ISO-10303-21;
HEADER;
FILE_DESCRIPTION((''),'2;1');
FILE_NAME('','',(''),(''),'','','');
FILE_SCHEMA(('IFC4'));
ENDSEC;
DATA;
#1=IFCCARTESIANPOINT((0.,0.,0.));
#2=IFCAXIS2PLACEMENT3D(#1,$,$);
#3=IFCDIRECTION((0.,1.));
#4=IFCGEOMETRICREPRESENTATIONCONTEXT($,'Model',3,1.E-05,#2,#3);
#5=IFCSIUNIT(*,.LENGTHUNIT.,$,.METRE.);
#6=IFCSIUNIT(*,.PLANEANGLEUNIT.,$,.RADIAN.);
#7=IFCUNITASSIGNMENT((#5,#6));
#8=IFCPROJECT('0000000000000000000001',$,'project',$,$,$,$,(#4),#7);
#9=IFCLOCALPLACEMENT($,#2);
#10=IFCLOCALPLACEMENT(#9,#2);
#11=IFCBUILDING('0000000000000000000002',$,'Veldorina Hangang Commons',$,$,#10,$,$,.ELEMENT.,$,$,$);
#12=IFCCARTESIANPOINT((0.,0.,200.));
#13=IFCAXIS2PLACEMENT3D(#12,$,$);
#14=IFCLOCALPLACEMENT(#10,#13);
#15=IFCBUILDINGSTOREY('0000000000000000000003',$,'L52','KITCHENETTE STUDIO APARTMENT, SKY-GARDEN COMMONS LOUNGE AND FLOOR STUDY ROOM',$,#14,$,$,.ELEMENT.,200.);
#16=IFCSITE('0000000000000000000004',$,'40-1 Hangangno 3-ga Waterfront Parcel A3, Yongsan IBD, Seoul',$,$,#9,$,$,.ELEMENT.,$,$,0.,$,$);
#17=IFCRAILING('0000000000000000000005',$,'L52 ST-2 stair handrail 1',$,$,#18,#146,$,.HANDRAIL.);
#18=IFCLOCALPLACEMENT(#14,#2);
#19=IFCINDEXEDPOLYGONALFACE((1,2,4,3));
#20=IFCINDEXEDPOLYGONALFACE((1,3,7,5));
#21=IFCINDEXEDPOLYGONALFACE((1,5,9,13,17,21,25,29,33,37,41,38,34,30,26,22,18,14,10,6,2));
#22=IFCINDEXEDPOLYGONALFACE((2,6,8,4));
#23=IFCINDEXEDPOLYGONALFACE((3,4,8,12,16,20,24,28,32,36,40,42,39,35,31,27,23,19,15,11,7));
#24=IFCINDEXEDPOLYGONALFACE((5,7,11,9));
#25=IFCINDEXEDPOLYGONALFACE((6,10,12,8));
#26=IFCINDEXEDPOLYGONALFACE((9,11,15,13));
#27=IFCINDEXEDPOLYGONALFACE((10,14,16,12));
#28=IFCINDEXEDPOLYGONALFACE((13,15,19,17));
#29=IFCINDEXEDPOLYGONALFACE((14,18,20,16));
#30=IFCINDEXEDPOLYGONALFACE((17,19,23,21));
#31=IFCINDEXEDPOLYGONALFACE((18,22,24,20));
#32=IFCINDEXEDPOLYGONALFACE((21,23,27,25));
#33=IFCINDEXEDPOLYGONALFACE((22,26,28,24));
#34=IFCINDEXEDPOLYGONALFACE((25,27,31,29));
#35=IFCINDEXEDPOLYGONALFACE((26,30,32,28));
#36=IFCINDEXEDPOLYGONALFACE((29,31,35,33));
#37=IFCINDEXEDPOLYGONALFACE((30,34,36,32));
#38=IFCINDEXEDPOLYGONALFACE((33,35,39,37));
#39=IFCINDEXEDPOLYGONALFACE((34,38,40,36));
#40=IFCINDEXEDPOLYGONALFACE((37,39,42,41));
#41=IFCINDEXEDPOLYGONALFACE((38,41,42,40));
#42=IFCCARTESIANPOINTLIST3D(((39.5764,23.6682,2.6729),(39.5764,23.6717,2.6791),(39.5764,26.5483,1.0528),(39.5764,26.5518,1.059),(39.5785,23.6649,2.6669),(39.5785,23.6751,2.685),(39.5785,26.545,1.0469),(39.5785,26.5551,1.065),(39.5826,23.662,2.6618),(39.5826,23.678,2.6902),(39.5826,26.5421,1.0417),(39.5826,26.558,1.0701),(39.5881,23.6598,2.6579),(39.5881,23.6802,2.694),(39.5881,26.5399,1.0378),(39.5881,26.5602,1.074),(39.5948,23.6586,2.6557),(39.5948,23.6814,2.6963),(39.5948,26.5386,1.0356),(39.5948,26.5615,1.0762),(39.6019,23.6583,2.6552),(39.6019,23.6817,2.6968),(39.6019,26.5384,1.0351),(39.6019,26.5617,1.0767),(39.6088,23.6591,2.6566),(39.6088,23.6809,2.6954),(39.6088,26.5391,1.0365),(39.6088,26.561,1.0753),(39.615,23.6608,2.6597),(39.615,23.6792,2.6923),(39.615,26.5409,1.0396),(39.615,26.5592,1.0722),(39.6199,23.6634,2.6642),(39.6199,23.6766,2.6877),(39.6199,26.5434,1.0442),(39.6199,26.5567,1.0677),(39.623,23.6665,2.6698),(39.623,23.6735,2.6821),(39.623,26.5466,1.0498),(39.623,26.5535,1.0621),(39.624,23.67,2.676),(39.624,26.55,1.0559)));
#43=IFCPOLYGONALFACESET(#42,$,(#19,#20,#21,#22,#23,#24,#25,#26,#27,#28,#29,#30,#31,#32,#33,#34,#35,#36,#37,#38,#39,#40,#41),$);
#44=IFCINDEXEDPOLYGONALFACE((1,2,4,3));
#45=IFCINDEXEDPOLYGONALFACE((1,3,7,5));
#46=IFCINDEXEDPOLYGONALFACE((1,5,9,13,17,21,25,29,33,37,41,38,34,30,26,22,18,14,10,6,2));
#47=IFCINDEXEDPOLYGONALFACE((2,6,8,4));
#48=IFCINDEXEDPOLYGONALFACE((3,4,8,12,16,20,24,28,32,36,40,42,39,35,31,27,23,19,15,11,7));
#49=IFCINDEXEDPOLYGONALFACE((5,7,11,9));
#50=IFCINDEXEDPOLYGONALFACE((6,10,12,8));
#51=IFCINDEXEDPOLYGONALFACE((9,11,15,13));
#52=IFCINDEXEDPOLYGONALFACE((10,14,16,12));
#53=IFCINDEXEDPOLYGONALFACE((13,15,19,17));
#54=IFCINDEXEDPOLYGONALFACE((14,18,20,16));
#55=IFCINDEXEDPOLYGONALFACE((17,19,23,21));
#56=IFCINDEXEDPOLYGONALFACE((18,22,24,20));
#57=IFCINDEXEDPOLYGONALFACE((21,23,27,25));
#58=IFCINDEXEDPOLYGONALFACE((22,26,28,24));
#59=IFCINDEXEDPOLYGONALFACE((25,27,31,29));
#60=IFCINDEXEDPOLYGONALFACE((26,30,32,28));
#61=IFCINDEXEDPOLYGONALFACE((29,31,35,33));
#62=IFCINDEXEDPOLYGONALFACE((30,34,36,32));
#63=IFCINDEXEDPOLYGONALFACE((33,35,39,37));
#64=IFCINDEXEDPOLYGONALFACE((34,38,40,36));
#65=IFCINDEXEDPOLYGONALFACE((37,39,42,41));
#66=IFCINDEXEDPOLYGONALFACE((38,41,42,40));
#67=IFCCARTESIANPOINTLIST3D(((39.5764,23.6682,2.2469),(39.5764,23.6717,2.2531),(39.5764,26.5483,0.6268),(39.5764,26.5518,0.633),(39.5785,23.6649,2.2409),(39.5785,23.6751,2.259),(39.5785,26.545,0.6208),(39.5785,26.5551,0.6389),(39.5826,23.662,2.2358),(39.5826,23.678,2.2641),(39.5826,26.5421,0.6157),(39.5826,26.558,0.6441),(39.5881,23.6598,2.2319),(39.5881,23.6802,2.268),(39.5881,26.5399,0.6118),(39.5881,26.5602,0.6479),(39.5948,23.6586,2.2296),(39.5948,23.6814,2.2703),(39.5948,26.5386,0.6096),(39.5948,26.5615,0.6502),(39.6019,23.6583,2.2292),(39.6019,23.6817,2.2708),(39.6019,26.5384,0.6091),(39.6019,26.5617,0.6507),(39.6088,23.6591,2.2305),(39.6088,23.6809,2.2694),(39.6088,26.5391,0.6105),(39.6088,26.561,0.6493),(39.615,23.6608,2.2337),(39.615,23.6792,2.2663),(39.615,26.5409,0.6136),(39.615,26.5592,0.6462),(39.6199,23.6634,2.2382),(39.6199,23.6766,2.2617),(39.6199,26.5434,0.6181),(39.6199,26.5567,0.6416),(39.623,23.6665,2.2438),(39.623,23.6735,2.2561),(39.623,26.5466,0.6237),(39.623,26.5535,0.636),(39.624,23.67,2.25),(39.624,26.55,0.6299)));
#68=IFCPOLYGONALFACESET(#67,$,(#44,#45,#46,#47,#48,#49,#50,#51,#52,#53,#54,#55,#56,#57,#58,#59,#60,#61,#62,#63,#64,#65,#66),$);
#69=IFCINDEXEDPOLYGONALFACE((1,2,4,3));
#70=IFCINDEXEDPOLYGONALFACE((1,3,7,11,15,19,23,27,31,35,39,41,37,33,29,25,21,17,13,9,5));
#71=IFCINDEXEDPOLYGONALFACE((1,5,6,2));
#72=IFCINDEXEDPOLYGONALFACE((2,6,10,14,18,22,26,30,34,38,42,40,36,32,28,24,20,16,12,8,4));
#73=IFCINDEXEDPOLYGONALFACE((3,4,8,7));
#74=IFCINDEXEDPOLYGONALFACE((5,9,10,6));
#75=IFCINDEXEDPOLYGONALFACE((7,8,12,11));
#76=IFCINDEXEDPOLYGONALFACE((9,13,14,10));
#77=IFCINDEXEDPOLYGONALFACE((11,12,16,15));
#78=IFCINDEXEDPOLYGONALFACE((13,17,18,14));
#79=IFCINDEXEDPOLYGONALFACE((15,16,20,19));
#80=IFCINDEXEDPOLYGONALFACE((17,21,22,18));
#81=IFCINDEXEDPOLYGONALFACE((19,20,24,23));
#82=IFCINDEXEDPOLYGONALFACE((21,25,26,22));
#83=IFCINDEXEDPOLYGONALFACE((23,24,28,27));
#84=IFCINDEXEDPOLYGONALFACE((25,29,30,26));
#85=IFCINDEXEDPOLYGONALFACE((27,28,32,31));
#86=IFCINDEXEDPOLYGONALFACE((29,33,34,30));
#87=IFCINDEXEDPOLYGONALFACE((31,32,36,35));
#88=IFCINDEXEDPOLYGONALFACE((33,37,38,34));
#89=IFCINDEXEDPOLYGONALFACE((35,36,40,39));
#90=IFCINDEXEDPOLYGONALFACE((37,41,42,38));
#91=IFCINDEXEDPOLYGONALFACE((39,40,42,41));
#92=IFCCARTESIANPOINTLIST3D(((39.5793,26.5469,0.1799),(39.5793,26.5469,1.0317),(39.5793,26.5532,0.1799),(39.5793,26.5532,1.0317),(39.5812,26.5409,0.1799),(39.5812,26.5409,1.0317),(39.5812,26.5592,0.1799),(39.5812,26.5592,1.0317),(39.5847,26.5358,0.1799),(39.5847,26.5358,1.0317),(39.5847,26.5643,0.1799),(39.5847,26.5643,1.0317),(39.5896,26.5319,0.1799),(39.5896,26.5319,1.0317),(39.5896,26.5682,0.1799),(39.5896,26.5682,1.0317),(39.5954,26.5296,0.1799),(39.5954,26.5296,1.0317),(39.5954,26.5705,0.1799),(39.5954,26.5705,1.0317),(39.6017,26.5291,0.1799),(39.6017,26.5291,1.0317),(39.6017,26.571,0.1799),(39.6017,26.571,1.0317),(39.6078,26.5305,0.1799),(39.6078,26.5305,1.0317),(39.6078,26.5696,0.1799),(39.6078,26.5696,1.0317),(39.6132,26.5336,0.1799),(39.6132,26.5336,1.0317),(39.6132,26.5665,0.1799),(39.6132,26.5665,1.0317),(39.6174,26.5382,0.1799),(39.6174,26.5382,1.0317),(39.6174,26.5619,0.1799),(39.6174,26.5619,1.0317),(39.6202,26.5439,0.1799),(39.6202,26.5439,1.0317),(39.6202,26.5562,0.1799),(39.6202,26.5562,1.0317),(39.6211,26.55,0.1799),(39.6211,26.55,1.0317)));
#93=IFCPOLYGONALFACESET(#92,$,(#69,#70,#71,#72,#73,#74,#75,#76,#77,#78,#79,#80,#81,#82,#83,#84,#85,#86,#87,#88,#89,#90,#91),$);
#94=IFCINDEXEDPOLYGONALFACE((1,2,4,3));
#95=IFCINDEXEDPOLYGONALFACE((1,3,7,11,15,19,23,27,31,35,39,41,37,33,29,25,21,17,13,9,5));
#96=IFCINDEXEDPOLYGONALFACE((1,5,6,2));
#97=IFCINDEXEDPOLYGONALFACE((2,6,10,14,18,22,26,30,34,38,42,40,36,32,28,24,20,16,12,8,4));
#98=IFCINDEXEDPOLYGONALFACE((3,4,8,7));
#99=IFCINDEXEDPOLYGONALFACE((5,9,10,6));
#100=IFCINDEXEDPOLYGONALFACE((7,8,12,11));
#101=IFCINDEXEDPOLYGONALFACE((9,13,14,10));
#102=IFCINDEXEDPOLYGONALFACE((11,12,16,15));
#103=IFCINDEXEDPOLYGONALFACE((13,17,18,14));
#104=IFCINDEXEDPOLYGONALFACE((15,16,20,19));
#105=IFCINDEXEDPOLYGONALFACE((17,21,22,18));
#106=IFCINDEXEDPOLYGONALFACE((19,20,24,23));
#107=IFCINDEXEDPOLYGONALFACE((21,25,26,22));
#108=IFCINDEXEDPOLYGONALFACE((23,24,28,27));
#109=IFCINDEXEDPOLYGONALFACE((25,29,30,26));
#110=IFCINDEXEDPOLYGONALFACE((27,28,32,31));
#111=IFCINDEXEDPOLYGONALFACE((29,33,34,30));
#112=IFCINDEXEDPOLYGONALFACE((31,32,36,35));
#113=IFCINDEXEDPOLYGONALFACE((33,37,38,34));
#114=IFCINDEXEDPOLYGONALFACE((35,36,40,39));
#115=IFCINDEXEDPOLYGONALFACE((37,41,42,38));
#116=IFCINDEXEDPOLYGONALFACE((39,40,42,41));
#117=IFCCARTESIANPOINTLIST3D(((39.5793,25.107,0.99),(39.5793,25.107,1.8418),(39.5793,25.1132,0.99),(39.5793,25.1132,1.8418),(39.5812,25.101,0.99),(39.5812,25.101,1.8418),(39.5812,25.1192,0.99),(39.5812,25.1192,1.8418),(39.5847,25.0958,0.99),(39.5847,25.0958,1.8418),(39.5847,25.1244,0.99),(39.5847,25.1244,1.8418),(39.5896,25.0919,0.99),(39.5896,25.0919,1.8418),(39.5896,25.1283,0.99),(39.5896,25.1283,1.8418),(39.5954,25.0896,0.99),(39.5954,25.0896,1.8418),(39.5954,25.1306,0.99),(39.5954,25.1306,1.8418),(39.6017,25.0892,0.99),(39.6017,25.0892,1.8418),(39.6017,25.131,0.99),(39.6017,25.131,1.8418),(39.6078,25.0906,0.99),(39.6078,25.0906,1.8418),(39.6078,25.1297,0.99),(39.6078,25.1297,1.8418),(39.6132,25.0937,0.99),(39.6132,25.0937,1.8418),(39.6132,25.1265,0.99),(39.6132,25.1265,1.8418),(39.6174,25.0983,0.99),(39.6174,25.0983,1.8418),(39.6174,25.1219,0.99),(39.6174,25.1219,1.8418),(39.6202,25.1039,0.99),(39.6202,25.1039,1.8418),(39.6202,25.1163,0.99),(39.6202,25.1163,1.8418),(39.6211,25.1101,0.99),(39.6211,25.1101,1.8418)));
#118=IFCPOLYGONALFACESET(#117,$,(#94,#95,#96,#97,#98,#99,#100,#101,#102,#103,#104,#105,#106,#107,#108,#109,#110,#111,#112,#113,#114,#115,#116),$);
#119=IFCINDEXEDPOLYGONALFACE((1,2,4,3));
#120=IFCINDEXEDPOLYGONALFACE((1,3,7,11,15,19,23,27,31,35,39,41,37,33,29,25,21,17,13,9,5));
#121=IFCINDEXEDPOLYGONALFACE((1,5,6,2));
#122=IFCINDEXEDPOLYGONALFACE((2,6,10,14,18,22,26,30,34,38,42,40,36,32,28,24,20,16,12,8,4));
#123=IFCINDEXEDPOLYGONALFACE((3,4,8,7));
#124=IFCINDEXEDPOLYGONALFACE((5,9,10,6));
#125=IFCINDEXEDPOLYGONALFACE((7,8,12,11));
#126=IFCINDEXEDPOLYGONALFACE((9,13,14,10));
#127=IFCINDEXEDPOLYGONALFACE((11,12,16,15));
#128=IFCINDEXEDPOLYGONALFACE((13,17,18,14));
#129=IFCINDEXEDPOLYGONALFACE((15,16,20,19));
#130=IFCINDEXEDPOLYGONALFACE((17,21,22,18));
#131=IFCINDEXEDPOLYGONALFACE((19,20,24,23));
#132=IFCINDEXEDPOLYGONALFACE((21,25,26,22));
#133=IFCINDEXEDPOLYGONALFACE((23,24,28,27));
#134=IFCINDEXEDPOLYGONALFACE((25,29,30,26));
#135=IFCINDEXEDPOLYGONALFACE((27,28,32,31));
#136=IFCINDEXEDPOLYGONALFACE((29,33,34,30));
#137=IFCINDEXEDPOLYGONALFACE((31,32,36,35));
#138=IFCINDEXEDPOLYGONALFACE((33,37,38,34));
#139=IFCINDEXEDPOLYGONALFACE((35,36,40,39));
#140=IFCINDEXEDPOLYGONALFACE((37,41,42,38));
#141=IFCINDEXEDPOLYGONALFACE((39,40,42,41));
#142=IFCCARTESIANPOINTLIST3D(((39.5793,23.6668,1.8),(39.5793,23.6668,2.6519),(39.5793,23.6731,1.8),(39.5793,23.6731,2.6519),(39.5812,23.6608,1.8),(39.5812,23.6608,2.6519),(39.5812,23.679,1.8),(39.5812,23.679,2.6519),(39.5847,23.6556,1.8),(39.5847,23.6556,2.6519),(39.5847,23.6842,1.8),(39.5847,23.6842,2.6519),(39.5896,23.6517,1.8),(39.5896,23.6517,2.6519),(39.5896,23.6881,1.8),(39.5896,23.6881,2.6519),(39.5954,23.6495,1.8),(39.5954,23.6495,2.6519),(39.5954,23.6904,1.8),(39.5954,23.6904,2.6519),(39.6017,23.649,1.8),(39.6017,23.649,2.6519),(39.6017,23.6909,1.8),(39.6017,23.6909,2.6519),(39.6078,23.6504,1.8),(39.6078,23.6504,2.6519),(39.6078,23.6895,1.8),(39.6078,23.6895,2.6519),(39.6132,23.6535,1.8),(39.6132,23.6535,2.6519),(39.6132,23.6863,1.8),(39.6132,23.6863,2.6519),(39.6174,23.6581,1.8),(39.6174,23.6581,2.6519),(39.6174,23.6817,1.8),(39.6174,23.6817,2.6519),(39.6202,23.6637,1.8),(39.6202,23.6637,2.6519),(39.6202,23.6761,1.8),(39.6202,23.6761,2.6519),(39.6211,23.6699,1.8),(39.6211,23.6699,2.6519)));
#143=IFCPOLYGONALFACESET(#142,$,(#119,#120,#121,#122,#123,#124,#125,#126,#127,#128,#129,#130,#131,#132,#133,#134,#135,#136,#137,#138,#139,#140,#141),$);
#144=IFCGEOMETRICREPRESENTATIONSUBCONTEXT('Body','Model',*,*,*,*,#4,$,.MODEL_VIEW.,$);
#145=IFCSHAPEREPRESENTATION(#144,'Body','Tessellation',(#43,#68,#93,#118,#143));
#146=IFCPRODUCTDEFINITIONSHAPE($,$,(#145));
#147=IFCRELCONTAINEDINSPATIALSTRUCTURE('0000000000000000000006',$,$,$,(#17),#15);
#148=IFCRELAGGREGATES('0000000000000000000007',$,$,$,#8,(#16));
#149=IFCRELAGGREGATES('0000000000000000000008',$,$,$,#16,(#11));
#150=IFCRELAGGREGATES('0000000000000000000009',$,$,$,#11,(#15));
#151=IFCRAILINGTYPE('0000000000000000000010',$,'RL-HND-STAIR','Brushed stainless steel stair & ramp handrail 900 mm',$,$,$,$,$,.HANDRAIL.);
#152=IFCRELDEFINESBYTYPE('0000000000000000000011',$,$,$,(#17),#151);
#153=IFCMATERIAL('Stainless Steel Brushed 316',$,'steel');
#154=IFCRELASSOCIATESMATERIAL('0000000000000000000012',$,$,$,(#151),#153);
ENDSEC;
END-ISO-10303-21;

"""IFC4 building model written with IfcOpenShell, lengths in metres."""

from ifc_helpers import new_model, si_unit, direction, frame, origin, origin_2d, place, context, subcontext, project, spatial, circle, extrude, material, type_object, element, save


model = new_model("IFC4")

# Units and contexts
model_context = context("Model", 3, precision=1e-05, world=origin(), true_north=direction((0.0, 1.0)))
body_context = subcontext(model_context, "Body", "Model", "MODEL_VIEW")
ifc_project = project(units=[si_unit("LENGTHUNIT", "METRE"), si_unit("PLANEANGLEUNIT", "RADIAN")], contexts=[model_context])

# Site, building, storey
site_placement = place(None, origin())
site = spatial("IfcSite", under=ifc_project, at=site_placement, Name="40-1 Hangangno 3-ga Waterfront Parcel A3, Yongsan IBD, Seoul", CompositionType="ELEMENT", RefElevation=0.0)
building_placement = place(site_placement, origin())
building = spatial("IfcBuilding", under=site, at=building_placement, Name="Veldorina Hangang Commons", CompositionType="ELEMENT")
storey_placement = place(building_placement, frame((0.0, 0.0, 200.0)))
storey = spatial("IfcBuildingStorey", under=building, at=storey_placement, Name="L52", Description="KITCHENETTE STUDIO APARTMENT, SKY-GARDEN COMMONS LOUNGE AND FLOOR STUDY ROOM", CompositionType="ELEMENT", Elevation=200.0)

# Railing
ifc_material_1 = material(Name="Stainless Steel Brushed 316", Category="steel")
railing_type_1 = type_object("IfcRailingType", Name="RL-HND-STAIR", Description="Brushed stainless steel stair & ramp handrail 900 mm", PredefinedType="HANDRAIL", material=ifc_material_1)
railing_1_placement = place(storey_placement, frame((39.6001, 26.55, 0.1799)))
element("IfcRailing", 1, at=railing_1_placement, inside=storey, type_object=railing_type_1, Name="L52 ST-2 stair handrail 1", PredefinedType="HANDRAIL", context=body_context, shape_type="SweptSolid", body=[
    extrude(circle(Radius=0.0239, at=origin_2d()), frame((0.0, 0.0, 0.876), z_axis=(0.0, -0.87157, 0.490272), x_axis=(1.0, 0.0, 0.0)), (0.0, 0.0, 1.0), 3.3044),
    extrude(circle(Radius=0.0239, at=origin_2d()), frame((0.0, 0.0, 0.45), z_axis=(0.0, -0.87157, 0.490272), x_axis=(1.0, 0.0, 0.0)), (0.0, 0.0, 1.0), 3.3044),
    extrude(circle(Radius=0.021, at=origin_2d()), origin(), (0.0, 0.0, 1.0), 0.8518),
    extrude(circle(Radius=0.021, at=origin_2d()), frame((0.0, -1.4399, 0.8101)), (0.0, 0.0, 1.0), 0.8518),
    extrude(circle(Radius=0.021, at=origin_2d()), frame((0.0, -2.8801, 1.6201)), (0.0, 0.0, 1.0), 0.8518),
])

save(model, "model.ifc")
